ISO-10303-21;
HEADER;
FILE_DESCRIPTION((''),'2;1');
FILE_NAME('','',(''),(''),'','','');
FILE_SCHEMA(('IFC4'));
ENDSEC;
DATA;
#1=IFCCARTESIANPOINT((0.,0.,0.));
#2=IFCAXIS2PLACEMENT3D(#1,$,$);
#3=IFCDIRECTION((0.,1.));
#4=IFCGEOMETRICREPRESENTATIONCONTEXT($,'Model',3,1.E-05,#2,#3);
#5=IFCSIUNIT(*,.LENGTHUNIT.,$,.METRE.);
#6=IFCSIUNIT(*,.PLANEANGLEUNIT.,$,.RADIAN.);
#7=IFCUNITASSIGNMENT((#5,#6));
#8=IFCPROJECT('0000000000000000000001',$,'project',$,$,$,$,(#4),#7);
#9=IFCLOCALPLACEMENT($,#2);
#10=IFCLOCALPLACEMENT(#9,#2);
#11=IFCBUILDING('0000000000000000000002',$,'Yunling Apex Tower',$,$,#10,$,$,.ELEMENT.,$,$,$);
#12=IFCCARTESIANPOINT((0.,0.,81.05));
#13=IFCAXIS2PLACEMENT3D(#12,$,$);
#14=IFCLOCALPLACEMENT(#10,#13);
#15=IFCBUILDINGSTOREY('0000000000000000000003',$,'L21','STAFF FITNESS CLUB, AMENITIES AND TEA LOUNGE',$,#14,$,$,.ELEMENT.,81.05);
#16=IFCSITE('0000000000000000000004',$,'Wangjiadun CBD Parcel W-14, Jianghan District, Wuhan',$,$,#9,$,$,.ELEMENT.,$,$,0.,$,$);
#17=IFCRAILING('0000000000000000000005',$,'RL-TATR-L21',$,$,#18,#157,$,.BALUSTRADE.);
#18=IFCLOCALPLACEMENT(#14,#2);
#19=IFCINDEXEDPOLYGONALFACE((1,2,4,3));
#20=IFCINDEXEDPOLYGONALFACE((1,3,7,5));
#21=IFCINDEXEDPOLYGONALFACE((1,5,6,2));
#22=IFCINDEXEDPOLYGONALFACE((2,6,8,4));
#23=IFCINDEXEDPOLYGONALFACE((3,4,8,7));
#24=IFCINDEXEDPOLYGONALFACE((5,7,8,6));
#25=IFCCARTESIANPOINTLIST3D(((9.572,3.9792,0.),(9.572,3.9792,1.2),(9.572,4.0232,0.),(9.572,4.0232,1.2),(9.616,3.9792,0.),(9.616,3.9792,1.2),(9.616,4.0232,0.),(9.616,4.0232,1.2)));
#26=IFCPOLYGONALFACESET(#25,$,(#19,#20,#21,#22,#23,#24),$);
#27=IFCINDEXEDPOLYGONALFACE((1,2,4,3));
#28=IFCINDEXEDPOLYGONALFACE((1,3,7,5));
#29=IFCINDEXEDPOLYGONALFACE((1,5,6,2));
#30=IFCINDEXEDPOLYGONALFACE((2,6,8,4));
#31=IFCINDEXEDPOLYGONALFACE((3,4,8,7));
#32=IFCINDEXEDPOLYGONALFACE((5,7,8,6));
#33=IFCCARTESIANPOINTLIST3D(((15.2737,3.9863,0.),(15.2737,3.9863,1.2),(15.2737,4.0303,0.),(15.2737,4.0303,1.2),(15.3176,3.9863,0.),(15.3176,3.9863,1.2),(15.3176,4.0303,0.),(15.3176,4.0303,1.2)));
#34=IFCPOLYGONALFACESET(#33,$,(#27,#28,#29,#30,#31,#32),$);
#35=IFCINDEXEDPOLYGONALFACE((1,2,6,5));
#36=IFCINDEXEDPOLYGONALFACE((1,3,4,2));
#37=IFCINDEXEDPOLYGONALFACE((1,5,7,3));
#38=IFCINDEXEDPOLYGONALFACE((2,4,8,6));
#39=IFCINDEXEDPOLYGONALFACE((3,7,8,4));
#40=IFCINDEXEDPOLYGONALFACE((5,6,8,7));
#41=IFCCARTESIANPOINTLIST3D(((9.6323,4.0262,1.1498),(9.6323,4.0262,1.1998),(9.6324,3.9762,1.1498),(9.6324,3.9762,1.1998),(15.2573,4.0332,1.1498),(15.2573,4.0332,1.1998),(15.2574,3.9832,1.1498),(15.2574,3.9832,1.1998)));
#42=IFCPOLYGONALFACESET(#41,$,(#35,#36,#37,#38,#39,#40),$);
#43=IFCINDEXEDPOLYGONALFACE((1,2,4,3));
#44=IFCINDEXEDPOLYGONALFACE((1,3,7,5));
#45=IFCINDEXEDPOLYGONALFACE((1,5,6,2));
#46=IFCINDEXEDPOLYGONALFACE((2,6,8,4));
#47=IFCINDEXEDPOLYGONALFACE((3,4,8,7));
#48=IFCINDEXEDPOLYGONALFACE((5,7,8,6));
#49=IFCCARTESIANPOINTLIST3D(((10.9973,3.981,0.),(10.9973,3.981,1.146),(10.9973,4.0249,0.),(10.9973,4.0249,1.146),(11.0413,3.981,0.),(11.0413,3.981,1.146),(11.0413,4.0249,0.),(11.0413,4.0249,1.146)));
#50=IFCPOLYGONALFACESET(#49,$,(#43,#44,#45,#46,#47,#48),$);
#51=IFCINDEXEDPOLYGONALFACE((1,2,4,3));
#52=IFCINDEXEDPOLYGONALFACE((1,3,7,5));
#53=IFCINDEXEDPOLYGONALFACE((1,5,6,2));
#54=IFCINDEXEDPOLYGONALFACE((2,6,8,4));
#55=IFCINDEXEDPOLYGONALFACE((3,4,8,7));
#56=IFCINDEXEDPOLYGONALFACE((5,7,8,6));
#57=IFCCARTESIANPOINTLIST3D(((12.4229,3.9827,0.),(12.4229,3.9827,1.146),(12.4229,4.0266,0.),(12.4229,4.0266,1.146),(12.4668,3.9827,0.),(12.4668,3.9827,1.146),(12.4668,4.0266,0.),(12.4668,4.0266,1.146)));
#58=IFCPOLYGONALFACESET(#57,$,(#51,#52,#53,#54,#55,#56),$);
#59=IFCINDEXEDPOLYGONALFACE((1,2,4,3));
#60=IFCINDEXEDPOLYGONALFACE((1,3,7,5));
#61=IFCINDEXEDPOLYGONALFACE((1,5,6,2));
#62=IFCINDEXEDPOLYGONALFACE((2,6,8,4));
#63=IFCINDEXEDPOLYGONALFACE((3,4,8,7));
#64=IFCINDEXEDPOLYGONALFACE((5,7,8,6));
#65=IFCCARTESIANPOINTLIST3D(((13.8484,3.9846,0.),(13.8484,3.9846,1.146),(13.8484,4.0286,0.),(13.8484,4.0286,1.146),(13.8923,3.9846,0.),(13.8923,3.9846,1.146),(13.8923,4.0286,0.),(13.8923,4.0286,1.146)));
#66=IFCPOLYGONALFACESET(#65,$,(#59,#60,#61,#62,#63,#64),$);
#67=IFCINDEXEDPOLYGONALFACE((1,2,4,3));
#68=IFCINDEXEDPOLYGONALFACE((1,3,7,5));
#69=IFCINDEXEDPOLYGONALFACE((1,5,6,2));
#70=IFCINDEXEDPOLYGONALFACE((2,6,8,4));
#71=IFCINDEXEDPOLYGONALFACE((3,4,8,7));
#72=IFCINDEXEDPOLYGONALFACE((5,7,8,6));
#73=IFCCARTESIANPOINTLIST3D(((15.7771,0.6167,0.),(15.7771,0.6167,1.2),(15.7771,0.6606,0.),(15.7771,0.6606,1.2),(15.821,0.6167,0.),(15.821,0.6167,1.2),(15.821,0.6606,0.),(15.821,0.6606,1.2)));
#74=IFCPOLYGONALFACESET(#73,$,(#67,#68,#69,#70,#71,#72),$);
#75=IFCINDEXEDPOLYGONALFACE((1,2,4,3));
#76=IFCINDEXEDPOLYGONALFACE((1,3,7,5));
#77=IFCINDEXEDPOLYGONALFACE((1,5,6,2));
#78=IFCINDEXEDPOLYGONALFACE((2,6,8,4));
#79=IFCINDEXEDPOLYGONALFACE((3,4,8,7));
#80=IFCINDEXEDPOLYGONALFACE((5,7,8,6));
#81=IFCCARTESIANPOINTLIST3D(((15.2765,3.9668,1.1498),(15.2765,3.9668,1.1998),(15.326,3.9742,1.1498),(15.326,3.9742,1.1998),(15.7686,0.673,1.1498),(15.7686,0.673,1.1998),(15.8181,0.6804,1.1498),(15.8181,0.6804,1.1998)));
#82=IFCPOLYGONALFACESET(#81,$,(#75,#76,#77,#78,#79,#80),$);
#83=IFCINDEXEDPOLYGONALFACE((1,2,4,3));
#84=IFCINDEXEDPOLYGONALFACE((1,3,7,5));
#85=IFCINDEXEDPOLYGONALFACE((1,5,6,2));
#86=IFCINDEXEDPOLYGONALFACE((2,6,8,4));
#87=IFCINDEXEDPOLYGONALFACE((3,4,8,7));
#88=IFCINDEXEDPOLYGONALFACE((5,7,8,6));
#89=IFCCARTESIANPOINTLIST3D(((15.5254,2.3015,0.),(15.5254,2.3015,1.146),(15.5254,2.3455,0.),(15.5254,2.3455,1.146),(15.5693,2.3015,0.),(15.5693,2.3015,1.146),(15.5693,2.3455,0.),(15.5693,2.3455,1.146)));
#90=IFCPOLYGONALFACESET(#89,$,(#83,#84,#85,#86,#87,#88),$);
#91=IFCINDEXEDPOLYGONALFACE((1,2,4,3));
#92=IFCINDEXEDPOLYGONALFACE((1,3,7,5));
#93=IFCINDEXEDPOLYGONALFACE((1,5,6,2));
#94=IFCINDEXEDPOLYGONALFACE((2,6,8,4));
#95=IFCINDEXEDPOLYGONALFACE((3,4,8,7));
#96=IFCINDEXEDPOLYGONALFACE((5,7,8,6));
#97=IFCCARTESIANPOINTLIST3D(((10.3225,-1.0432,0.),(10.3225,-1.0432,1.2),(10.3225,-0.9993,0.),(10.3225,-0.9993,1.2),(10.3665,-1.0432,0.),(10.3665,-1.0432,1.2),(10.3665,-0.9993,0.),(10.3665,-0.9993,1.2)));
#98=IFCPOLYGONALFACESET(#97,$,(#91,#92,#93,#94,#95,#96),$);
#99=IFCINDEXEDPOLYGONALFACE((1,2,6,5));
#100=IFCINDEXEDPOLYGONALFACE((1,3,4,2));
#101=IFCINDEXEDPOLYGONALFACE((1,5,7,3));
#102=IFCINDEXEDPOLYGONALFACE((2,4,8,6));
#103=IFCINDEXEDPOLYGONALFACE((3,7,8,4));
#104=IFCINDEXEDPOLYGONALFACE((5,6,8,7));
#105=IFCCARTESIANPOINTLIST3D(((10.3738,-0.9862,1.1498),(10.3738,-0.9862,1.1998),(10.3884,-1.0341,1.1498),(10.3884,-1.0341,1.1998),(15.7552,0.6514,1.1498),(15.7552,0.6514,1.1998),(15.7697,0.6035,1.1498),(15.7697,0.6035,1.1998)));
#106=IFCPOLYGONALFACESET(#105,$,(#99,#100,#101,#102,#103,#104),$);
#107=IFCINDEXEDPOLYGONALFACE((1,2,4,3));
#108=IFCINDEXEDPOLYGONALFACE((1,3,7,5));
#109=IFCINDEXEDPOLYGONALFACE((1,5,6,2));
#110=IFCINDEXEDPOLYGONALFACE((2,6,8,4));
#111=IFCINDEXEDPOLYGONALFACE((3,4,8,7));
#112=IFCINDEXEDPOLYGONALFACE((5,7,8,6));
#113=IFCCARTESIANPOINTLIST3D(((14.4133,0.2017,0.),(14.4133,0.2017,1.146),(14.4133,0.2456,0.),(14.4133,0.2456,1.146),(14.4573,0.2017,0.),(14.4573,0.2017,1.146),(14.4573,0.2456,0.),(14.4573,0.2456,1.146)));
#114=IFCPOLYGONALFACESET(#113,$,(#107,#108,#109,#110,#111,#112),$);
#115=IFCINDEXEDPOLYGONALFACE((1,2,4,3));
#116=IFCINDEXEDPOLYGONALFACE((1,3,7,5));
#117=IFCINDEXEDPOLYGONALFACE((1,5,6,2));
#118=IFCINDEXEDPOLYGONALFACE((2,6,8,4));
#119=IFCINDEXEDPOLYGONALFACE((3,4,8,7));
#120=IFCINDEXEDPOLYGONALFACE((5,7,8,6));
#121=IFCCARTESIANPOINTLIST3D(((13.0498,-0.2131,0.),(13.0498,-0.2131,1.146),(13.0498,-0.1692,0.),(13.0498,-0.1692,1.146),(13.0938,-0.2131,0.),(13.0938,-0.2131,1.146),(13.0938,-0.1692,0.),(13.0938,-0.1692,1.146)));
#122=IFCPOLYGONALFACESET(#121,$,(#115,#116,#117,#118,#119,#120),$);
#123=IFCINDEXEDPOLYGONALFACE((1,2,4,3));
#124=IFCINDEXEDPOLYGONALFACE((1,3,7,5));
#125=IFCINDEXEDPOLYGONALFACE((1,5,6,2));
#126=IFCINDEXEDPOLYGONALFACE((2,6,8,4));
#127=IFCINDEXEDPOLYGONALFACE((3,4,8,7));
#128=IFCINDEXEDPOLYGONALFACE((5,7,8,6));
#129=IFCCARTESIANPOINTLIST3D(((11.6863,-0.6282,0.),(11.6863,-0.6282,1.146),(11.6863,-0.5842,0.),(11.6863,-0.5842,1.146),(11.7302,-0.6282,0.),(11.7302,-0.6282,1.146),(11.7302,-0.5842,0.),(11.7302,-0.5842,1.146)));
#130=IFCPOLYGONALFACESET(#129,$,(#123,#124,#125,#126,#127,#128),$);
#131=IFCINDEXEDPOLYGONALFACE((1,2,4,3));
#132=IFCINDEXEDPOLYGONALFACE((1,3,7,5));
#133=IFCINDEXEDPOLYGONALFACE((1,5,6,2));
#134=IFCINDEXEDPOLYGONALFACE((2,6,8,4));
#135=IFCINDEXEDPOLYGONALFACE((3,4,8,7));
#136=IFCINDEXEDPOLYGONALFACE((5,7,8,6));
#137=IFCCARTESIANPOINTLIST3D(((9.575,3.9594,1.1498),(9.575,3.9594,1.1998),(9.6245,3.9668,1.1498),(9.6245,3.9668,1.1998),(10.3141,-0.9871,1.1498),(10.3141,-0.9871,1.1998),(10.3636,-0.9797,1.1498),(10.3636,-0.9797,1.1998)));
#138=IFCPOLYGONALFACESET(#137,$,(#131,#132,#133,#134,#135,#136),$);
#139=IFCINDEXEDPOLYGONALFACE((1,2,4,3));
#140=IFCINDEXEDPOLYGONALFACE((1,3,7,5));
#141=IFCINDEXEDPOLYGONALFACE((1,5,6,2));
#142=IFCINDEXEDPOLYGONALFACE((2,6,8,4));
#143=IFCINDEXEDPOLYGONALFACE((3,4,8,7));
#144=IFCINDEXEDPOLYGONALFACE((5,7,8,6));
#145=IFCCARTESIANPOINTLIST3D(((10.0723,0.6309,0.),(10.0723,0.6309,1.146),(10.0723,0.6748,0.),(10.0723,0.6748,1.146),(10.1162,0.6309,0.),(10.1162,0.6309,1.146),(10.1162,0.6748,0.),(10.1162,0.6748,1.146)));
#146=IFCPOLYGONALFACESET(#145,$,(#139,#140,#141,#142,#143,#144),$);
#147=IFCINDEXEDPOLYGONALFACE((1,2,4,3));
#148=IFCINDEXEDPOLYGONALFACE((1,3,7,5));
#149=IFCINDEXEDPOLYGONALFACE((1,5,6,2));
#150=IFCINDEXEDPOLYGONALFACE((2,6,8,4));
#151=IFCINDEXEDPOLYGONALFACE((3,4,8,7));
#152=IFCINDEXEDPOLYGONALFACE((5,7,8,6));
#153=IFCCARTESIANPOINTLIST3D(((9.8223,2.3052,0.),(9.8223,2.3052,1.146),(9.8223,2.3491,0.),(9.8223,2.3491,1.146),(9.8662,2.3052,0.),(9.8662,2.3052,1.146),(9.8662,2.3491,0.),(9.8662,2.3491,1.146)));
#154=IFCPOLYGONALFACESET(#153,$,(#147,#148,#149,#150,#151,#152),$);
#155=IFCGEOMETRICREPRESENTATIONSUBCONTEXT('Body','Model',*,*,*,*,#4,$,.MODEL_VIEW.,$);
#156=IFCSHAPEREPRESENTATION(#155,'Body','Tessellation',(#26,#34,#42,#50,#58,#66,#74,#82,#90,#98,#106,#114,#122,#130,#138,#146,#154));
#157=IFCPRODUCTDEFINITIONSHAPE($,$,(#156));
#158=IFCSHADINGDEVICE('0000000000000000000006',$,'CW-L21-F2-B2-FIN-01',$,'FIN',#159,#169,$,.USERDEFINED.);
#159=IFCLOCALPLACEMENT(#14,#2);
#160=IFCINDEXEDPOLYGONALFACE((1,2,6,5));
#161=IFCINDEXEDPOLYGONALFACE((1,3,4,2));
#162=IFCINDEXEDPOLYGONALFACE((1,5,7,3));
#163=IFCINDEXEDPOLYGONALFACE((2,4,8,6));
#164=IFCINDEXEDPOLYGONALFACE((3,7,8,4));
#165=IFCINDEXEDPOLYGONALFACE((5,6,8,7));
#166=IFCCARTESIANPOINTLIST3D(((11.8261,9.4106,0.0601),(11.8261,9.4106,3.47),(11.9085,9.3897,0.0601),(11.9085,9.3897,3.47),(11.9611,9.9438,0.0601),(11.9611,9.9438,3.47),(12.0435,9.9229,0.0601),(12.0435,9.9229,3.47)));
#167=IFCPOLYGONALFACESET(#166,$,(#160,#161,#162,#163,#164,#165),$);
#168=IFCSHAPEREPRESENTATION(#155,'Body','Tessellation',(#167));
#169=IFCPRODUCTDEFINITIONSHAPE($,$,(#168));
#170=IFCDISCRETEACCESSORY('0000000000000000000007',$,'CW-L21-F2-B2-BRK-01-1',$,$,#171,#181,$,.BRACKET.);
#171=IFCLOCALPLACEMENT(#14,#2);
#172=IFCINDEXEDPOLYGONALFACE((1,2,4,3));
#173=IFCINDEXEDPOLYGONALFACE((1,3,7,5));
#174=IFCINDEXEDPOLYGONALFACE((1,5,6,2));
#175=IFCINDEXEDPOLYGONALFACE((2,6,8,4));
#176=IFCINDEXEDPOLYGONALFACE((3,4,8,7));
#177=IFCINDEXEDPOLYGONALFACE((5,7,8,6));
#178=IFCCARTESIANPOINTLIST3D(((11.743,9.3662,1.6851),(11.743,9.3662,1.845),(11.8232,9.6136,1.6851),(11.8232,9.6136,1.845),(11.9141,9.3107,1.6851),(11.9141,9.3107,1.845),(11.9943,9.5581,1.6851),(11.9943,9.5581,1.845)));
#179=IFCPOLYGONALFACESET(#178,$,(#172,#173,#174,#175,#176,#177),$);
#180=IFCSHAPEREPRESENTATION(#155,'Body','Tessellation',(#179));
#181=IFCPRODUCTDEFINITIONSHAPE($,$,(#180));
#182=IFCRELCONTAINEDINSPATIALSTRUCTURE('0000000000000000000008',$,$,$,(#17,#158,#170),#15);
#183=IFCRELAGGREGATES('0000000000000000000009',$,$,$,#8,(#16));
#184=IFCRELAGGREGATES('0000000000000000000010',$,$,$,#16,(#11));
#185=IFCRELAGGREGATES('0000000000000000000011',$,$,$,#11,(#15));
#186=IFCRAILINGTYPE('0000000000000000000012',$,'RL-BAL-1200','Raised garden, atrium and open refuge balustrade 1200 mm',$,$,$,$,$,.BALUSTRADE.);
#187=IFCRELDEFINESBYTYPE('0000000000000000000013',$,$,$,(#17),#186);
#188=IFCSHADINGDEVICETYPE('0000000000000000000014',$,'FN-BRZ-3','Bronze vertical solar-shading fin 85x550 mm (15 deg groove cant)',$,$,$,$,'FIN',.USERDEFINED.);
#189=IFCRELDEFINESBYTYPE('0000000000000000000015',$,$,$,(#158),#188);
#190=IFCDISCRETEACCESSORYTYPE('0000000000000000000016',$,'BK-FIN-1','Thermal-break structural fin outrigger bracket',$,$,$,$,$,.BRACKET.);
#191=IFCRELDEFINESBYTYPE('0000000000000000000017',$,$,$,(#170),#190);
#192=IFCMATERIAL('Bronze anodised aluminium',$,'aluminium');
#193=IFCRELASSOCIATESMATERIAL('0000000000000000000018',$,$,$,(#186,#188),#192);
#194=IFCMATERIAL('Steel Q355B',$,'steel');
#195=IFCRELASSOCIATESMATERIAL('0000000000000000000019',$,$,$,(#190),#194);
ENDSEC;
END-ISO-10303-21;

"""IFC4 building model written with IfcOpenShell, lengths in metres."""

from ifc_helpers import new_model, si_unit, direction, frame, origin, origin_2d, place, context, subcontext, project, spatial, rectangle, extrude, source, transform, mapped, material, material_profile, profile_set, type_object, element, save


model = new_model("IFC4")

# Units and contexts
model_context = context("Model", 3, precision=1e-05, world=origin(), true_north=direction((0.0, 1.0)))
body_context = subcontext(model_context, "Body", "Model", "MODEL_VIEW")
ifc_project = project(units=[si_unit("LENGTHUNIT", "METRE"), si_unit("PLANEANGLEUNIT", "RADIAN")], contexts=[model_context])

# Site, building, storey
site_placement = place(None, origin())
site = spatial("IfcSite", under=ifc_project, at=site_placement, Name="Wangjiadun CBD Parcel W-14, Jianghan District, Wuhan", CompositionType="ELEMENT", RefElevation=0.0)
building_placement = place(site_placement, origin())
building = spatial("IfcBuilding", under=site, at=building_placement, Name="Yunling Apex Tower", CompositionType="ELEMENT")
storey_placement = place(building_placement, frame((0.0, 0.0, 81.05)))
storey = spatial("IfcBuildingStorey", under=building, at=storey_placement, Name="L21", Description="STAFF FITNESS CLUB, AMENITIES AND TEA LOUNGE", CompositionType="ELEMENT", Elevation=81.05)

# Shared definitions
ifc_material_1 = material(Name="Steel Q355B", Category="steel")

# Shared definitions
ifc_material_2 = material(Name="Bronze anodised aluminium", Category="aluminium")

# Railing
railing_type = type_object("IfcRailingType", Name="RL-BAL-1200", Description="Raised garden, atrium and open refuge balustrade 1200 mm", PredefinedType="BALUSTRADE", material=ifc_material_2)
railing_1_placement = place(storey_placement, frame((9.594, 4.0012, 0.0)))
element("IfcRailing", 1, at=railing_1_placement, inside=storey, type_object=railing_type, Name="RL-TATR-L21", PredefinedType="BALUSTRADE", context=body_context, shape_type="SweptSolid", body=[
    extrude(rectangle(XDim=0.0439, YDim=0.0439, at=origin_2d()), origin(), (0.0, 0.0, 1.0), 1.2),
    extrude(rectangle(XDim=0.0439, YDim=0.0439, at=origin_2d()), frame((5.7017, 0.0071, 0.0)), (0.0, 0.0, 1.0), 1.2),
    extrude(rectangle(XDim=0.05, YDim=0.05, at=origin_2d()), frame((0.0383, 0.0, 1.1748), z_axis=(0.999999, 0.001242, 0.0), x_axis=(-0.001242, 0.999999, 0.0)), (0.0, 0.0, 1.0), 5.625),
    extrude(rectangle(XDim=0.0439, YDim=0.0439, at=origin_2d()), frame((1.4253, 0.0017, 0.0)), (0.0, 0.0, 1.0), 1.146),
    extrude(rectangle(XDim=0.0439, YDim=0.0439, at=origin_2d()), frame((2.8508, 0.0034, 0.0)), (0.0, 0.0, 1.0), 1.146),
    extrude(rectangle(XDim=0.0439, YDim=0.0439, at=origin_2d()), frame((4.2764, 0.0054, 0.0)), (0.0, 0.0, 1.0), 1.146),
    extrude(rectangle(XDim=0.0439, YDim=0.0439, at=origin_2d()), frame((6.2051, -3.3625, 0.0)), (0.0, 0.0, 1.0), 1.2),
    extrude(rectangle(XDim=0.05, YDim=0.05, at=origin_2d()), frame((5.7073, -0.0308, 1.1748), z_axis=(0.147759, -0.989023, 0.0), x_axis=(0.989023, 0.147759, 0.0)), (0.0, 0.0, 1.0), 3.3303),
    extrude(rectangle(XDim=0.0439, YDim=0.0439, at=origin_2d()), frame((5.9534, -1.6777, 0.0)), (0.0, 0.0, 1.0), 1.146),
    extrude(rectangle(XDim=0.0439, YDim=0.0439, at=origin_2d()), frame((0.7505, -5.0225, 0.0)), (0.0, 0.0, 1.0), 1.2),
    extrude(rectangle(XDim=0.05, YDim=0.05, at=origin_2d()), frame((6.1685, -3.3738, 1.1748), z_axis=(-0.956683, -0.291133, 0.0), x_axis=(0.291133, -0.956683, 0.0)), (0.0, 0.0, 1.0), 5.625),
    extrude(rectangle(XDim=0.0439, YDim=0.0439, at=origin_2d()), frame((4.8413, -3.7776, 0.0)), (0.0, 0.0, 1.0), 1.146),
    extrude(rectangle(XDim=0.0439, YDim=0.0439, at=origin_2d()), frame((3.4778, -4.1924, 0.0)), (0.0, 0.0, 1.0), 1.146),
    extrude(rectangle(XDim=0.0439, YDim=0.0439, at=origin_2d()), frame((2.1143, -4.6074, 0.0)), (0.0, 0.0, 1.0), 1.146),
    extrude(rectangle(XDim=0.05, YDim=0.05, at=origin_2d()), frame((0.7449, -4.9846, 1.1748), z_axis=(-0.147786, 0.989019, 0.0), x_axis=(-0.989019, -0.147786, 0.0)), (0.0, 0.0, 1.0), 5.0015),
    extrude(rectangle(XDim=0.0439, YDim=0.0439, at=origin_2d()), frame((0.5002, -3.3484, 0.0)), (0.0, 0.0, 1.0), 1.146),
    extrude(rectangle(XDim=0.0439, YDim=0.0439, at=origin_2d()), frame((0.2502, -1.6741, 0.0)), (0.0, 0.0, 1.0), 1.146),
])

# Shading device
ifc_material_profile_1 = material_profile(ifc_material_2, rectangle(XDim=0.085, YDim=0.55, at=origin_2d()))
ifc_profile_set_1 = profile_set([ifc_material_profile_1], Name="Bronze anodised aluminium")
shading_device_type = type_object("IfcShadingDeviceType", Name="FN-BRZ-3", Description="Bronze vertical solar-shading fin 85x550 mm (15 deg groove cant)", ElementType="FIN", PredefinedType="USERDEFINED", material=ifc_profile_set_1)
shared_shape_1 = source(origin(), body_context, "Body", "SweptSolid", [
    extrude(rectangle(XDim=0.085, YDim=0.55, at=origin_2d()), origin(), (0.0, 0.0, 1.0), 3.4099),
])
shading_device_placement = place(storey_placement, frame((11.9348, 9.6667, 0.0601), z_axis=(0.0, 0.0, 1.0), x_axis=(-0.969403, 0.245477, 0.0)))
element("IfcShadingDevice", 2, at=shading_device_placement, inside=storey, type_object=shading_device_type, Name="CW-L21-F2-B2-FIN-01", ObjectType="FIN", PredefinedType="USERDEFINED", context=body_context, shape_type="MappedRepresentation", body=[
    mapped(shared_shape_1, transform((0.0, 0.0, 0.0), scale=1.0)),
])

# Discrete accessory
discrete_accessory_type = type_object("IfcDiscreteAccessoryType", Name="BK-FIN-1", Description="Thermal-break structural fin outrigger bracket", PredefinedType="BRACKET", material=ifc_material_1)
shared_shape_2 = source(origin(), body_context, "Body", "SweptSolid", [
    extrude(rectangle(XDim=0.1799, YDim=0.26, at=origin_2d()), origin(), (0.0, 0.0, 1.0), 0.1599),
])
discrete_accessory_placement = place(storey_placement, frame((11.8687, 9.4622, 1.6851), z_axis=(0.0, 0.0, 1.0), x_axis=(-0.951272, 0.308353, 0.0)))
element("IfcDiscreteAccessory", 3, at=discrete_accessory_placement, inside=storey, type_object=discrete_accessory_type, Name="CW-L21-F2-B2-BRK-01-1", PredefinedType="BRACKET", context=body_context, shape_type="MappedRepresentation", body=[
    mapped(shared_shape_2, transform((0.0, 0.0, 0.0), scale=1.0)),
])

save(model, "model.ifc")
